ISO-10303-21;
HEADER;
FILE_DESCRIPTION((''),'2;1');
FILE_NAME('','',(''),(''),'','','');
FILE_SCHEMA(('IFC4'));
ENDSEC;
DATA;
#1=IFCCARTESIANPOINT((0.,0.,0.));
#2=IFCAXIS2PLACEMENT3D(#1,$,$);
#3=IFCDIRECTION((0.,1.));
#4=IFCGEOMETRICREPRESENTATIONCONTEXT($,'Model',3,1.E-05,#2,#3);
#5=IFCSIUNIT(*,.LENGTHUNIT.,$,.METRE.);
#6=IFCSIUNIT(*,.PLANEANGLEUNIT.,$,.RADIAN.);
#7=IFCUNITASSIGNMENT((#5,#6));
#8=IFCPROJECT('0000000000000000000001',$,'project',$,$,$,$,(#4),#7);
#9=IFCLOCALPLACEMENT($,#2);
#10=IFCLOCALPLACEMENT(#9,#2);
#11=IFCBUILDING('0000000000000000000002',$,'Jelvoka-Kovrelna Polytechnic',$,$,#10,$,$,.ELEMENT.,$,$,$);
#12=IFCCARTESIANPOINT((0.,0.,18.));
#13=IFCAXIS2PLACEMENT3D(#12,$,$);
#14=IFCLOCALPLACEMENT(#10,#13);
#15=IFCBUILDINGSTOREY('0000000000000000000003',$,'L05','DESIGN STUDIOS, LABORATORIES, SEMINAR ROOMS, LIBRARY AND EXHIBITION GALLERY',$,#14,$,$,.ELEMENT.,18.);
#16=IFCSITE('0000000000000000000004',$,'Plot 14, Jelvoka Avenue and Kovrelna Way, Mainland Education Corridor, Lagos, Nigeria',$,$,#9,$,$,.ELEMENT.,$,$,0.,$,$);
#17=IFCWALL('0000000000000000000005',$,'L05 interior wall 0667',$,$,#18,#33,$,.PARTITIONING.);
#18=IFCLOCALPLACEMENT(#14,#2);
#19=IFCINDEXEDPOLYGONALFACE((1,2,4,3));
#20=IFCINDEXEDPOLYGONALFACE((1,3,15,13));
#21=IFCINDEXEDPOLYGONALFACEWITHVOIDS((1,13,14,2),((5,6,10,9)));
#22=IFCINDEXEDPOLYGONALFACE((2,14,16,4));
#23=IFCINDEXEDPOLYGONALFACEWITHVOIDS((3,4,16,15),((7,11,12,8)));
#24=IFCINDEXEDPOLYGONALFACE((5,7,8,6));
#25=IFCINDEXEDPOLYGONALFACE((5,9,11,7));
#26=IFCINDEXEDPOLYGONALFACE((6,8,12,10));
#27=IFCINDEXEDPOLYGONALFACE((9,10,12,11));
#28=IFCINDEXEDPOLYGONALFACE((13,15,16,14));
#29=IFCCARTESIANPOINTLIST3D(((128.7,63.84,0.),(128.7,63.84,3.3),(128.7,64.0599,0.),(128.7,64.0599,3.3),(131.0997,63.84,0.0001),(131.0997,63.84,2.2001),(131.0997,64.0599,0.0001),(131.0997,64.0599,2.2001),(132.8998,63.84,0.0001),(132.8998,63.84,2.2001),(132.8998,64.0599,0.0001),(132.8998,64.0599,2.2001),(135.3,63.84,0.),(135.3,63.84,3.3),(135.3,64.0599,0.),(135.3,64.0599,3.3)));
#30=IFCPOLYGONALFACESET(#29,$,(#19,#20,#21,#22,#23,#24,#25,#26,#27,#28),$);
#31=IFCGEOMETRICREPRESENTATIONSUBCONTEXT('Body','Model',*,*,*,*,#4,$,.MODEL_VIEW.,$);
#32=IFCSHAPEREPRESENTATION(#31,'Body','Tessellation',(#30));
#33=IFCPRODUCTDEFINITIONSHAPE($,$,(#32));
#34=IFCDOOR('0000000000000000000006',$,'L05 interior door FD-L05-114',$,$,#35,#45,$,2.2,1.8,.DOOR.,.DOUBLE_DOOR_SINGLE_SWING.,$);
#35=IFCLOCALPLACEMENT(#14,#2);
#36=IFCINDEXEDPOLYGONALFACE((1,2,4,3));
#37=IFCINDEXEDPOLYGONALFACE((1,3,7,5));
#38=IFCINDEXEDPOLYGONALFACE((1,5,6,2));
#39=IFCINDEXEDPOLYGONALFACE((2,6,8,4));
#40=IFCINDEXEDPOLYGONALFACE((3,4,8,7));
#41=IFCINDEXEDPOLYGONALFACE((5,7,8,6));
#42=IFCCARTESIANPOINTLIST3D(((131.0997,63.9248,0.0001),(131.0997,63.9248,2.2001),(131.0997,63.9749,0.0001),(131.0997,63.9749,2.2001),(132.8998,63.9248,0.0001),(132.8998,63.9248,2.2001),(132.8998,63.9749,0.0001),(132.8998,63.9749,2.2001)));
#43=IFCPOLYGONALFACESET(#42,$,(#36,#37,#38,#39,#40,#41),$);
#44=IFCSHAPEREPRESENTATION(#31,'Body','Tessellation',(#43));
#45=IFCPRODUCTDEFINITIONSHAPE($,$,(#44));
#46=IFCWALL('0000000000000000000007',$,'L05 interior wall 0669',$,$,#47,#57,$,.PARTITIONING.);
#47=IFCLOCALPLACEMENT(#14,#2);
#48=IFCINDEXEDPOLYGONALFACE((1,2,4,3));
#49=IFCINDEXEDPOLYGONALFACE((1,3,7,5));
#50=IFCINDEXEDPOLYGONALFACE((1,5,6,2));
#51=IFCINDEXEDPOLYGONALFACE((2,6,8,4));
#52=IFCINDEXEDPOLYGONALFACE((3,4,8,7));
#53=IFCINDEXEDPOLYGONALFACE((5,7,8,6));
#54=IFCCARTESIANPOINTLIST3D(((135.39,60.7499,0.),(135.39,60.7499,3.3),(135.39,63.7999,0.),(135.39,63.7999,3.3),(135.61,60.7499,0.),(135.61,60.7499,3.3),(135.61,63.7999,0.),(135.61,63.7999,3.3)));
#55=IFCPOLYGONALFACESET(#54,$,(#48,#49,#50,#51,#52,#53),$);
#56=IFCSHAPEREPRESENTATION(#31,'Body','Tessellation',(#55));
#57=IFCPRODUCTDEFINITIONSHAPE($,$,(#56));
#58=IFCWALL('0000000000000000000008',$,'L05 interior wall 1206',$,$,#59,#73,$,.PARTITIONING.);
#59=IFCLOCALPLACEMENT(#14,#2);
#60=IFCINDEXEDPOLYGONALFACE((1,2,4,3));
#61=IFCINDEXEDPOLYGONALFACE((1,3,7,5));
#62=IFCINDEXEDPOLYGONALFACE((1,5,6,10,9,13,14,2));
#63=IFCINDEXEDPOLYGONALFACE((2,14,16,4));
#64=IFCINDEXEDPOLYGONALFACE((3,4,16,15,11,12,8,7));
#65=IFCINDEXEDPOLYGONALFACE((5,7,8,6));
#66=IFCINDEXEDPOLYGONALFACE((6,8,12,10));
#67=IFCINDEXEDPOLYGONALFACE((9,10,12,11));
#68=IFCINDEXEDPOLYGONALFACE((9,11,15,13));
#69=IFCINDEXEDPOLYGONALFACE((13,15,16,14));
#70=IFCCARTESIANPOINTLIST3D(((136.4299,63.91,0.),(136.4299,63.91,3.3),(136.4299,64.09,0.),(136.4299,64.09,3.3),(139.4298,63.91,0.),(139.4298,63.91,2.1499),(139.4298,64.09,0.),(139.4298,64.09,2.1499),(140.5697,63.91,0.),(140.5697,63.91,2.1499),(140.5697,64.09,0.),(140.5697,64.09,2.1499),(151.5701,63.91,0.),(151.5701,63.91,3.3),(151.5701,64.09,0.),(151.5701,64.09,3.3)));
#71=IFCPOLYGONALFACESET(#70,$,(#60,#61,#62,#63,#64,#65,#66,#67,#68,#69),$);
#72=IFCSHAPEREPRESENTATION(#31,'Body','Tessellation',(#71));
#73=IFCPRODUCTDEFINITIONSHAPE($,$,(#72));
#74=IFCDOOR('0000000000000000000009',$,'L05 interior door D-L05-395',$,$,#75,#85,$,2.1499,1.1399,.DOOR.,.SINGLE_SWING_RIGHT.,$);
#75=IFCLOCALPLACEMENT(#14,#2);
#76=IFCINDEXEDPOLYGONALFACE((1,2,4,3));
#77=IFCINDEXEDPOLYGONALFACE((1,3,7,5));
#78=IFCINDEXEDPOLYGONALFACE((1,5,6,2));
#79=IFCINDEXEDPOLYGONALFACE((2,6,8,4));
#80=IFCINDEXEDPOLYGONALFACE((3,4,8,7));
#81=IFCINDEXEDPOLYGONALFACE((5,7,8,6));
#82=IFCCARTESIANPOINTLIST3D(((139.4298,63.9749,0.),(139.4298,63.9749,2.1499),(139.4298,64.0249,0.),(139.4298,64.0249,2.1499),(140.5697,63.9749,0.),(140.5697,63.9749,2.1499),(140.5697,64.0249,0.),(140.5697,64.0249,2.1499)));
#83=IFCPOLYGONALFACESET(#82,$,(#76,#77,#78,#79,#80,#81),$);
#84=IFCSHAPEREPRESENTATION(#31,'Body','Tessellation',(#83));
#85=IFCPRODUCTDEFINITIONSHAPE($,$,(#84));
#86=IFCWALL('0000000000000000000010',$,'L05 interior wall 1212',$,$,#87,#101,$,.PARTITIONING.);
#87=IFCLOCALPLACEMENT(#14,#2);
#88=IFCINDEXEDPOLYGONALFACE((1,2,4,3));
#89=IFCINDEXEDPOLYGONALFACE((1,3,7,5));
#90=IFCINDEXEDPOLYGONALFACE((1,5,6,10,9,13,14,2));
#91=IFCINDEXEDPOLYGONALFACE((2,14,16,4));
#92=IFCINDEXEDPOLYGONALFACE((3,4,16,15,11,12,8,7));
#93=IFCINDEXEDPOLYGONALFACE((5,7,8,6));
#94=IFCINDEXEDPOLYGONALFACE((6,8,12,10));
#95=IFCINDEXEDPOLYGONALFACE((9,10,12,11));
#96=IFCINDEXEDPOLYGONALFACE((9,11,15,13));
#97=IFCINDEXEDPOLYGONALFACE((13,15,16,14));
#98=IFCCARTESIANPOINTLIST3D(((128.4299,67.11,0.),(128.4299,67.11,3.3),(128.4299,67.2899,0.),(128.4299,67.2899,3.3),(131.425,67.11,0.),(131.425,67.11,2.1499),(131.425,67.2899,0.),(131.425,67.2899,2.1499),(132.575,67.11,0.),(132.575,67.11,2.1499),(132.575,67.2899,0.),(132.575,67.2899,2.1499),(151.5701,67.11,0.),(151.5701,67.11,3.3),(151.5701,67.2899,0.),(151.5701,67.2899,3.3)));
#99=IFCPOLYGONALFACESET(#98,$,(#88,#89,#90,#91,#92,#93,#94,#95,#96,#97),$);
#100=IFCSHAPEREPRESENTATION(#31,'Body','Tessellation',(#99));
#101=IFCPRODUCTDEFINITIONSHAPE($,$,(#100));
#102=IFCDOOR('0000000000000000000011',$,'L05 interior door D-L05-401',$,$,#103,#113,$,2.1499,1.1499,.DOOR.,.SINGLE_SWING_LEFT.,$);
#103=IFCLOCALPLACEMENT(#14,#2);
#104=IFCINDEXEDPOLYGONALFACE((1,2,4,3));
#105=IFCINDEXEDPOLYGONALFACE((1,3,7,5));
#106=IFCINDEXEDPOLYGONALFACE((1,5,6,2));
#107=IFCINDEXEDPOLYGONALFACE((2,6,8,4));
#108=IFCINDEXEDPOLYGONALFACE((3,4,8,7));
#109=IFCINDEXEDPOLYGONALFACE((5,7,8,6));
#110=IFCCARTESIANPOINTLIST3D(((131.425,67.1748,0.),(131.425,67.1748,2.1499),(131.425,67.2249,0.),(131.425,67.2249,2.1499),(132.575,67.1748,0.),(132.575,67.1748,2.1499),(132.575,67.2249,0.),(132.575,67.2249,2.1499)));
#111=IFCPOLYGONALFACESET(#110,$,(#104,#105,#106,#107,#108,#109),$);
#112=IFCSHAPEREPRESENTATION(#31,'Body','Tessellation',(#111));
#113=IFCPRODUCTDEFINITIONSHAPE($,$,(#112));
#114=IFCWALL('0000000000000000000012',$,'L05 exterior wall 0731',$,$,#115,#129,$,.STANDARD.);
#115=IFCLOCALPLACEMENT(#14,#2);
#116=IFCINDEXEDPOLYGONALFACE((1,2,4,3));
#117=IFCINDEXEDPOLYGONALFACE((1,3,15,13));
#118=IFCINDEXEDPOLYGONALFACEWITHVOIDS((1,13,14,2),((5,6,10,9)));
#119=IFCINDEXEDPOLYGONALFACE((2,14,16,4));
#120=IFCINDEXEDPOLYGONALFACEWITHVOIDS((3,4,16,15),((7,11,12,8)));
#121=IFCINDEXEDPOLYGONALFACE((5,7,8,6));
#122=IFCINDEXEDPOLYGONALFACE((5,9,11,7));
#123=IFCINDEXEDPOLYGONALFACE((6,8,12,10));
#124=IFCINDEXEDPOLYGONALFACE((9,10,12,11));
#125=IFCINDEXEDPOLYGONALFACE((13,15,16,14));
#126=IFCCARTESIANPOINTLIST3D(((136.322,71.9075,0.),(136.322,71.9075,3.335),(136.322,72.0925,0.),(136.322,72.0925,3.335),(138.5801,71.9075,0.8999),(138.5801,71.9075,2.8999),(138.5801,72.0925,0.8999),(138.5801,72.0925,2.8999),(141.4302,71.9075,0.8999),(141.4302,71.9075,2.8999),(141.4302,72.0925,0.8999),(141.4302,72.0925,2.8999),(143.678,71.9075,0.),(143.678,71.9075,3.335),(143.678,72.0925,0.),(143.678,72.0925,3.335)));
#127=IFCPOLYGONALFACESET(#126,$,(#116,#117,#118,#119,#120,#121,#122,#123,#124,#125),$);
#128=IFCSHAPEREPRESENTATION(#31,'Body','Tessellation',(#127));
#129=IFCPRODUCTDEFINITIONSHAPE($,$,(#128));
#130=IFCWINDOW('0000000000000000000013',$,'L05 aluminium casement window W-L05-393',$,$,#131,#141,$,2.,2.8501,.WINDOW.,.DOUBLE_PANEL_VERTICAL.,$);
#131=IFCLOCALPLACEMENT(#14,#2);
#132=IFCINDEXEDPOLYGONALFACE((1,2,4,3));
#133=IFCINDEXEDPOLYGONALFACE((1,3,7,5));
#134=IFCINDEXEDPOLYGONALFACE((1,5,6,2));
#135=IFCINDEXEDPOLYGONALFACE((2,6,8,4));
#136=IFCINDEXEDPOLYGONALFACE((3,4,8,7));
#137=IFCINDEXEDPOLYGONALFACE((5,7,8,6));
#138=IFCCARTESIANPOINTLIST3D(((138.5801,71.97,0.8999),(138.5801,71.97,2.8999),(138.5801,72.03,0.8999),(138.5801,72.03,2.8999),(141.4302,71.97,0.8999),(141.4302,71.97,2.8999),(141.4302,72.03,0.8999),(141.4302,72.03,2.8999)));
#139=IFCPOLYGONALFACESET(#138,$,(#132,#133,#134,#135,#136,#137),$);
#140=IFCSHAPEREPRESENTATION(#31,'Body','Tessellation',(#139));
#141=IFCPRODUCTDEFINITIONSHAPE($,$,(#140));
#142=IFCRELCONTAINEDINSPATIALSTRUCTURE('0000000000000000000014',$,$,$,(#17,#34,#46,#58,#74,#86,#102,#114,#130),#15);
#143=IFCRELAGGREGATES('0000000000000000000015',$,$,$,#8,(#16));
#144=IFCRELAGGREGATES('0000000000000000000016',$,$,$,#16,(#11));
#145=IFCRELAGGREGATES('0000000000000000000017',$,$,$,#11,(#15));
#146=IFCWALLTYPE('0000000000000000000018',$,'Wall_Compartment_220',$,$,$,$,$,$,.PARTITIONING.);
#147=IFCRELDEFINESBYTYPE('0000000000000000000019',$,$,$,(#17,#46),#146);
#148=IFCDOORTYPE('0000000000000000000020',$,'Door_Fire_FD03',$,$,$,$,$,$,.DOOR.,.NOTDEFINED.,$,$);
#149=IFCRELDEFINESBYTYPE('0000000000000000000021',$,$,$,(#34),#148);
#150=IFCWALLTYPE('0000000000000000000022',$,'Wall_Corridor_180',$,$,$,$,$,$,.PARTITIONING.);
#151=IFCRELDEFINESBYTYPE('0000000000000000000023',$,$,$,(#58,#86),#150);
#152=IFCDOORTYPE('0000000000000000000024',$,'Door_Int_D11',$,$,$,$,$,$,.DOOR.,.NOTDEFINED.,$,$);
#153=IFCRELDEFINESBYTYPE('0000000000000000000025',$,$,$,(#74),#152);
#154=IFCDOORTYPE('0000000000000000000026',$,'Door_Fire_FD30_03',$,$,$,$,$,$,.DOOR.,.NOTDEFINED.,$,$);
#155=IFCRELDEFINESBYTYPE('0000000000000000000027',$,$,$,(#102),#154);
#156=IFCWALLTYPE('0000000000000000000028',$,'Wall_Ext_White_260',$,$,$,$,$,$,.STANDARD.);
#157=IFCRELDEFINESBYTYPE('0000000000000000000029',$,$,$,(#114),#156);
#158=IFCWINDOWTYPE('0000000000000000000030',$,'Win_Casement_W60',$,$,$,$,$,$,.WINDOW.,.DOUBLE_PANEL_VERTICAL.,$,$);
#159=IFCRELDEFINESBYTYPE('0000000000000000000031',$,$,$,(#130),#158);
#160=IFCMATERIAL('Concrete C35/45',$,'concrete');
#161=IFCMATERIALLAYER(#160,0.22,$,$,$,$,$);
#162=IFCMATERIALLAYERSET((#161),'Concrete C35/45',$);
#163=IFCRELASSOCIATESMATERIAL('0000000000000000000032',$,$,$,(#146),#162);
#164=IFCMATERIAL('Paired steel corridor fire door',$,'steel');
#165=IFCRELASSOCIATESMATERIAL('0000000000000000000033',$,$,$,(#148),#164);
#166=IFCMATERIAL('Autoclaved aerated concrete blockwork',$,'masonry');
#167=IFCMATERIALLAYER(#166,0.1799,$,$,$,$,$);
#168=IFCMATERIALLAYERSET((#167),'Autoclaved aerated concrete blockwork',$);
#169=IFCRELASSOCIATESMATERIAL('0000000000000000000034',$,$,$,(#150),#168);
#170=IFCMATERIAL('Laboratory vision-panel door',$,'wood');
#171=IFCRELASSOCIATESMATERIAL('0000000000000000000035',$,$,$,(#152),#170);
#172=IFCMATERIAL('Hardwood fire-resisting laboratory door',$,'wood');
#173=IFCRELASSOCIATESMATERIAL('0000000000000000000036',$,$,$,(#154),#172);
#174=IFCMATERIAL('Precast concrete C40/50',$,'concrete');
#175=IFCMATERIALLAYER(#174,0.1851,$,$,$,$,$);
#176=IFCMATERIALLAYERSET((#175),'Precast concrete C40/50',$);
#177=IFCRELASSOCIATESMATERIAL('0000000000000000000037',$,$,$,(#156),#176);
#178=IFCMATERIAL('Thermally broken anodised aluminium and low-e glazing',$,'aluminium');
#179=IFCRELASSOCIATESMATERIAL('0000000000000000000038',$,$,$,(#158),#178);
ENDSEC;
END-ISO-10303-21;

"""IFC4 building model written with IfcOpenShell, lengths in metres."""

from ifc_helpers import new_model, si_unit, direction, frame, frame_2d, origin, place, context, subcontext, project, spatial, rectangle, extrude, material, layer, layer_set, type_object, element, fill, save


model = new_model("IFC4")

# Units and contexts
model_context = context("Model", 3, precision=1e-05, world=origin(), true_north=direction((0.0, 1.0)))
body_context = subcontext(model_context, "Body", "Model", "MODEL_VIEW")
ifc_project = project(units=[si_unit("LENGTHUNIT", "METRE"), si_unit("PLANEANGLEUNIT", "RADIAN")], contexts=[model_context])

# Site, building, storey
site_placement = place(None, origin())
site = spatial("IfcSite", under=ifc_project, at=site_placement, Name="Plot 14, Jelvoka Avenue and Kovrelna Way, Mainland Education Corridor, Lagos, Nigeria", CompositionType="ELEMENT", RefElevation=0.0)
building_placement = place(site_placement, origin())
building = spatial("IfcBuilding", under=site, at=building_placement, Name="Jelvoka-Kovrelna Polytechnic", CompositionType="ELEMENT")
storey_placement = place(building_placement, frame((0.0, 0.0, 18.0)))
storey = spatial("IfcBuildingStorey", under=building, at=storey_placement, Name="L05", Description="DESIGN STUDIOS, LABORATORIES, SEMINAR ROOMS, LIBRARY AND EXHIBITION GALLERY", CompositionType="ELEMENT", Elevation=18.0)

# Wall, opening, door
ifc_material_1 = material(Name="Concrete C35/45", Category="concrete")
ifc_layer_1 = layer(ifc_material_1, 0.22)
ifc_layer_set_1 = layer_set([ifc_layer_1], Name="Concrete C35/45")
wall_type_1 = type_object("IfcWallType", Name="Wall_Compartment_220", PredefinedType="PARTITIONING", material=ifc_layer_set_1)
wall_1_placement = place(storey_placement, frame((128.7, 63.95, 0.0), z_axis=(0.0, 0.0, 1.0), x_axis=(1.0, 0.0, 0.0)))
wall_1 = element("IfcWall", 1, at=wall_1_placement, inside=storey, type_object=wall_type_1, Name="L05 interior wall 0667", PredefinedType="PARTITIONING", context=body_context, shape_type="SweptSolid", body=[
    extrude(rectangle(XDim=6.6001, YDim=0.22, at=frame_2d((3.3, 0.0))), origin(), (0.0, 0.0, 1.0), 3.3),
])
opening_1_placement = place(wall_1_placement, frame((2.3999, 0.0, 0.0)))
opening_1 = element("IfcOpeningElement", 2, at=opening_1_placement, cuts=wall_1, PredefinedType="OPENING", context=body_context, shape_type="SweptSolid", body=[
    extrude(rectangle(XDim=1.8, YDim=2.2, at=frame_2d((0.8999, 1.1001))), frame((0.0, 0.1199, 0.0), z_axis=(0.0, -1.0, 0.0), x_axis=(1.0, 0.0, 0.0)), (0.0, 0.0, 1.0), 0.24),
])
ifc_material_2 = material(Name="Paired steel corridor fire door", Category="steel")
door_type_1 = type_object("IfcDoorType", Name="Door_Fire_FD03", OperationType="NOTDEFINED", PredefinedType="DOOR", material=ifc_material_2)
door_1_placement = place(opening_1_placement, origin())
door_1 = element("IfcDoor", 3, at=door_1_placement, inside=storey, type_object=door_type_1, Name="L05 interior door FD-L05-114", OperationType="DOUBLE_DOOR_SINGLE_SWING", OverallHeight=2.2, OverallWidth=1.8, PredefinedType="DOOR", context=body_context, shape_type="SweptSolid", body=[
    extrude(rectangle(XDim=1.8, YDim=2.2, at=frame_2d((0.8999, 1.1001))), frame((0.0, 0.0249, 0.0), z_axis=(0.0, -1.0, 0.0), x_axis=(1.0, 0.0, 0.0)), (0.0, 0.0, 1.0), 0.05),
])
fill(opening_1, door_1)

# Wall
wall_2_placement = place(storey_placement, frame((135.5, 60.75, 0.0), z_axis=(0.0, 0.0, 1.0), x_axis=(0.0, 1.0, 0.0)))
element("IfcWall", 4, at=wall_2_placement, inside=storey, type_object=wall_type_1, Name="L05 interior wall 0669", PredefinedType="PARTITIONING", context=body_context, shape_type="SweptSolid", body=[
    extrude(rectangle(XDim=3.05, YDim=0.22, at=frame_2d((1.5249, 0.0))), origin(), (0.0, 0.0, 1.0), 3.3),
])

# Walls, openings, doors
ifc_material_3 = material(Name="Autoclaved aerated concrete blockwork", Category="masonry")
ifc_layer_2 = layer(ifc_material_3, 0.1799)
ifc_layer_set_2 = layer_set([ifc_layer_2], Name="Autoclaved aerated concrete blockwork")
wall_type_2 = type_object("IfcWallType", Name="Wall_Corridor_180", PredefinedType="PARTITIONING", material=ifc_layer_set_2)
wall_3_placement = place(storey_placement, frame((136.4299, 64.0, 0.0), z_axis=(0.0, 0.0, 1.0), x_axis=(1.0, 0.0, 0.0)))
wall_3 = element("IfcWall", 5, at=wall_3_placement, inside=storey, type_object=wall_type_2, Name="L05 interior wall 1206", PredefinedType="PARTITIONING", context=body_context, shape_type="SweptSolid", body=[
    extrude(rectangle(XDim=15.1401, YDim=0.1799, at=frame_2d((7.5701, 0.0))), origin(), (0.0, 0.0, 1.0), 3.3),
])
opening_2_placement = place(wall_3_placement, frame((3.0, 0.0, 0.0)))
opening_2 = element("IfcOpeningElement", 6, at=opening_2_placement, cuts=wall_3, PredefinedType="OPENING", context=body_context, shape_type="SweptSolid", body=[
    extrude(rectangle(XDim=1.1399, YDim=2.1499, at=frame_2d((0.5698, 1.075))), frame((0.0, 0.0999, 0.0), z_axis=(0.0, -1.0, 0.0), x_axis=(1.0, 0.0, 0.0)), (0.0, 0.0, 1.0), 0.2),
])
ifc_material_4 = material(Name="Laboratory vision-panel door", Category="wood")
door_type_2 = type_object("IfcDoorType", Name="Door_Int_D11", OperationType="NOTDEFINED", PredefinedType="DOOR", material=ifc_material_4)
door_2_placement = place(opening_2_placement, origin())
door_2 = element("IfcDoor", 7, at=door_2_placement, inside=storey, type_object=door_type_2, Name="L05 interior door D-L05-395", OperationType="SINGLE_SWING_RIGHT", OverallHeight=2.1499, OverallWidth=1.1399, PredefinedType="DOOR", context=body_context, shape_type="SweptSolid", body=[
    extrude(rectangle(XDim=1.1399, YDim=2.1499, at=frame_2d((0.5698, 1.075))), frame((0.0, 0.0249, 0.0), z_axis=(0.0, -1.0, 0.0), x_axis=(1.0, 0.0, 0.0)), (0.0, 0.0, 1.0), 0.05),
])
fill(opening_2, door_2)
wall_4_placement = place(storey_placement, frame((128.4299, 67.2, 0.0), z_axis=(0.0, 0.0, 1.0), x_axis=(1.0, 0.0, 0.0)))
wall_4 = element("IfcWall", 8, at=wall_4_placement, inside=storey, type_object=wall_type_2, Name="L05 interior wall 1212", PredefinedType="PARTITIONING", context=body_context, shape_type="SweptSolid", body=[
    extrude(rectangle(XDim=23.1401, YDim=0.1799, at=frame_2d((11.5701, 0.0))), origin(), (0.0, 0.0, 1.0), 3.3),
])
opening_3_placement = place(wall_4_placement, frame((2.9951, 0.0, 0.0)))
opening_3 = element("IfcOpeningElement", 9, at=opening_3_placement, cuts=wall_4, PredefinedType="OPENING", context=body_context, shape_type="SweptSolid", body=[
    extrude(rectangle(XDim=1.1499, YDim=2.1499, at=frame_2d((0.575, 1.075))), frame((0.0, 0.0999, 0.0), z_axis=(0.0, -1.0, 0.0), x_axis=(1.0, 0.0, 0.0)), (0.0, 0.0, 1.0), 0.2),
])
ifc_material_5 = material(Name="Hardwood fire-resisting laboratory door", Category="wood")
door_type_3 = type_object("IfcDoorType", Name="Door_Fire_FD30_03", OperationType="NOTDEFINED", PredefinedType="DOOR", material=ifc_material_5)
door_3_placement = place(opening_3_placement, origin())
door_3 = element("IfcDoor", 10, at=door_3_placement, inside=storey, type_object=door_type_3, Name="L05 interior door D-L05-401", OperationType="SINGLE_SWING_LEFT", OverallHeight=2.1499, OverallWidth=1.1499, PredefinedType="DOOR", context=body_context, shape_type="SweptSolid", body=[
    extrude(rectangle(XDim=1.1499, YDim=2.1499, at=frame_2d((0.575, 1.075))), frame((0.0, 0.0249, 0.0), z_axis=(0.0, -1.0, 0.0), x_axis=(1.0, 0.0, 0.0)), (0.0, 0.0, 1.0), 0.05),
])
fill(opening_3, door_3)

# Wall, opening, window
ifc_material_6 = material(Name="Precast concrete C40/50", Category="concrete")
ifc_layer_3 = layer(ifc_material_6, 0.1851)
ifc_layer_set_3 = layer_set([ifc_layer_3], Name="Precast concrete C40/50")
wall_type_3 = type_object("IfcWallType", Name="Wall_Ext_White_260", PredefinedType="STANDARD", material=ifc_layer_set_3)
wall_5_placement = place(storey_placement, frame((136.322, 72.0, 0.0), z_axis=(0.0, 0.0, 1.0), x_axis=(1.0, 0.0, 0.0)))
wall_5 = element("IfcWall", 11, at=wall_5_placement, inside=storey, type_object=wall_type_3, Name="L05 exterior wall 0731", PredefinedType="STANDARD", context=body_context, shape_type="SweptSolid", body=[
    extrude(rectangle(XDim=7.356, YDim=0.1851, at=frame_2d((3.678, 0.0))), origin(), (0.0, 0.0, 1.0), 3.335),
])
opening_4_placement = place(wall_5_placement, frame((2.2581, 0.0, 0.8999)))
opening_4 = element("IfcOpeningElement", 12, at=opening_4_placement, cuts=wall_5, PredefinedType="OPENING", context=body_context, shape_type="SweptSolid", body=[
    extrude(rectangle(XDim=2.8501, YDim=2.0, at=frame_2d((1.425, 1.0))), frame((0.0, 0.1025, 0.0), z_axis=(0.0, -1.0, 0.0), x_axis=(1.0, 0.0, 0.0)), (0.0, 0.0, 1.0), 0.2051),
])
ifc_material_7 = material(Name="Thermally broken anodised aluminium and low-e glazing", Category="aluminium")
window_type = type_object("IfcWindowType", Name="Win_Casement_W60", PartitioningType="DOUBLE_PANEL_VERTICAL", PredefinedType="WINDOW", material=ifc_material_7)
window_placement = place(opening_4_placement, origin())
window = element("IfcWindow", 13, at=window_placement, inside=storey, type_object=window_type, Name="L05 aluminium casement window W-L05-393", OverallHeight=2.0, OverallWidth=2.8501, PartitioningType="DOUBLE_PANEL_VERTICAL", PredefinedType="WINDOW", context=body_context, shape_type="SweptSolid", body=[
    extrude(rectangle(XDim=2.8501, YDim=2.0, at=frame_2d((1.425, 1.0))), frame((0.0, 0.03, 0.0), z_axis=(0.0, -1.0, 0.0), x_axis=(1.0, 0.0, 0.0)), (0.0, 0.0, 1.0), 0.0601),
])
fill(opening_4, window)

save(model, "model.ifc")
